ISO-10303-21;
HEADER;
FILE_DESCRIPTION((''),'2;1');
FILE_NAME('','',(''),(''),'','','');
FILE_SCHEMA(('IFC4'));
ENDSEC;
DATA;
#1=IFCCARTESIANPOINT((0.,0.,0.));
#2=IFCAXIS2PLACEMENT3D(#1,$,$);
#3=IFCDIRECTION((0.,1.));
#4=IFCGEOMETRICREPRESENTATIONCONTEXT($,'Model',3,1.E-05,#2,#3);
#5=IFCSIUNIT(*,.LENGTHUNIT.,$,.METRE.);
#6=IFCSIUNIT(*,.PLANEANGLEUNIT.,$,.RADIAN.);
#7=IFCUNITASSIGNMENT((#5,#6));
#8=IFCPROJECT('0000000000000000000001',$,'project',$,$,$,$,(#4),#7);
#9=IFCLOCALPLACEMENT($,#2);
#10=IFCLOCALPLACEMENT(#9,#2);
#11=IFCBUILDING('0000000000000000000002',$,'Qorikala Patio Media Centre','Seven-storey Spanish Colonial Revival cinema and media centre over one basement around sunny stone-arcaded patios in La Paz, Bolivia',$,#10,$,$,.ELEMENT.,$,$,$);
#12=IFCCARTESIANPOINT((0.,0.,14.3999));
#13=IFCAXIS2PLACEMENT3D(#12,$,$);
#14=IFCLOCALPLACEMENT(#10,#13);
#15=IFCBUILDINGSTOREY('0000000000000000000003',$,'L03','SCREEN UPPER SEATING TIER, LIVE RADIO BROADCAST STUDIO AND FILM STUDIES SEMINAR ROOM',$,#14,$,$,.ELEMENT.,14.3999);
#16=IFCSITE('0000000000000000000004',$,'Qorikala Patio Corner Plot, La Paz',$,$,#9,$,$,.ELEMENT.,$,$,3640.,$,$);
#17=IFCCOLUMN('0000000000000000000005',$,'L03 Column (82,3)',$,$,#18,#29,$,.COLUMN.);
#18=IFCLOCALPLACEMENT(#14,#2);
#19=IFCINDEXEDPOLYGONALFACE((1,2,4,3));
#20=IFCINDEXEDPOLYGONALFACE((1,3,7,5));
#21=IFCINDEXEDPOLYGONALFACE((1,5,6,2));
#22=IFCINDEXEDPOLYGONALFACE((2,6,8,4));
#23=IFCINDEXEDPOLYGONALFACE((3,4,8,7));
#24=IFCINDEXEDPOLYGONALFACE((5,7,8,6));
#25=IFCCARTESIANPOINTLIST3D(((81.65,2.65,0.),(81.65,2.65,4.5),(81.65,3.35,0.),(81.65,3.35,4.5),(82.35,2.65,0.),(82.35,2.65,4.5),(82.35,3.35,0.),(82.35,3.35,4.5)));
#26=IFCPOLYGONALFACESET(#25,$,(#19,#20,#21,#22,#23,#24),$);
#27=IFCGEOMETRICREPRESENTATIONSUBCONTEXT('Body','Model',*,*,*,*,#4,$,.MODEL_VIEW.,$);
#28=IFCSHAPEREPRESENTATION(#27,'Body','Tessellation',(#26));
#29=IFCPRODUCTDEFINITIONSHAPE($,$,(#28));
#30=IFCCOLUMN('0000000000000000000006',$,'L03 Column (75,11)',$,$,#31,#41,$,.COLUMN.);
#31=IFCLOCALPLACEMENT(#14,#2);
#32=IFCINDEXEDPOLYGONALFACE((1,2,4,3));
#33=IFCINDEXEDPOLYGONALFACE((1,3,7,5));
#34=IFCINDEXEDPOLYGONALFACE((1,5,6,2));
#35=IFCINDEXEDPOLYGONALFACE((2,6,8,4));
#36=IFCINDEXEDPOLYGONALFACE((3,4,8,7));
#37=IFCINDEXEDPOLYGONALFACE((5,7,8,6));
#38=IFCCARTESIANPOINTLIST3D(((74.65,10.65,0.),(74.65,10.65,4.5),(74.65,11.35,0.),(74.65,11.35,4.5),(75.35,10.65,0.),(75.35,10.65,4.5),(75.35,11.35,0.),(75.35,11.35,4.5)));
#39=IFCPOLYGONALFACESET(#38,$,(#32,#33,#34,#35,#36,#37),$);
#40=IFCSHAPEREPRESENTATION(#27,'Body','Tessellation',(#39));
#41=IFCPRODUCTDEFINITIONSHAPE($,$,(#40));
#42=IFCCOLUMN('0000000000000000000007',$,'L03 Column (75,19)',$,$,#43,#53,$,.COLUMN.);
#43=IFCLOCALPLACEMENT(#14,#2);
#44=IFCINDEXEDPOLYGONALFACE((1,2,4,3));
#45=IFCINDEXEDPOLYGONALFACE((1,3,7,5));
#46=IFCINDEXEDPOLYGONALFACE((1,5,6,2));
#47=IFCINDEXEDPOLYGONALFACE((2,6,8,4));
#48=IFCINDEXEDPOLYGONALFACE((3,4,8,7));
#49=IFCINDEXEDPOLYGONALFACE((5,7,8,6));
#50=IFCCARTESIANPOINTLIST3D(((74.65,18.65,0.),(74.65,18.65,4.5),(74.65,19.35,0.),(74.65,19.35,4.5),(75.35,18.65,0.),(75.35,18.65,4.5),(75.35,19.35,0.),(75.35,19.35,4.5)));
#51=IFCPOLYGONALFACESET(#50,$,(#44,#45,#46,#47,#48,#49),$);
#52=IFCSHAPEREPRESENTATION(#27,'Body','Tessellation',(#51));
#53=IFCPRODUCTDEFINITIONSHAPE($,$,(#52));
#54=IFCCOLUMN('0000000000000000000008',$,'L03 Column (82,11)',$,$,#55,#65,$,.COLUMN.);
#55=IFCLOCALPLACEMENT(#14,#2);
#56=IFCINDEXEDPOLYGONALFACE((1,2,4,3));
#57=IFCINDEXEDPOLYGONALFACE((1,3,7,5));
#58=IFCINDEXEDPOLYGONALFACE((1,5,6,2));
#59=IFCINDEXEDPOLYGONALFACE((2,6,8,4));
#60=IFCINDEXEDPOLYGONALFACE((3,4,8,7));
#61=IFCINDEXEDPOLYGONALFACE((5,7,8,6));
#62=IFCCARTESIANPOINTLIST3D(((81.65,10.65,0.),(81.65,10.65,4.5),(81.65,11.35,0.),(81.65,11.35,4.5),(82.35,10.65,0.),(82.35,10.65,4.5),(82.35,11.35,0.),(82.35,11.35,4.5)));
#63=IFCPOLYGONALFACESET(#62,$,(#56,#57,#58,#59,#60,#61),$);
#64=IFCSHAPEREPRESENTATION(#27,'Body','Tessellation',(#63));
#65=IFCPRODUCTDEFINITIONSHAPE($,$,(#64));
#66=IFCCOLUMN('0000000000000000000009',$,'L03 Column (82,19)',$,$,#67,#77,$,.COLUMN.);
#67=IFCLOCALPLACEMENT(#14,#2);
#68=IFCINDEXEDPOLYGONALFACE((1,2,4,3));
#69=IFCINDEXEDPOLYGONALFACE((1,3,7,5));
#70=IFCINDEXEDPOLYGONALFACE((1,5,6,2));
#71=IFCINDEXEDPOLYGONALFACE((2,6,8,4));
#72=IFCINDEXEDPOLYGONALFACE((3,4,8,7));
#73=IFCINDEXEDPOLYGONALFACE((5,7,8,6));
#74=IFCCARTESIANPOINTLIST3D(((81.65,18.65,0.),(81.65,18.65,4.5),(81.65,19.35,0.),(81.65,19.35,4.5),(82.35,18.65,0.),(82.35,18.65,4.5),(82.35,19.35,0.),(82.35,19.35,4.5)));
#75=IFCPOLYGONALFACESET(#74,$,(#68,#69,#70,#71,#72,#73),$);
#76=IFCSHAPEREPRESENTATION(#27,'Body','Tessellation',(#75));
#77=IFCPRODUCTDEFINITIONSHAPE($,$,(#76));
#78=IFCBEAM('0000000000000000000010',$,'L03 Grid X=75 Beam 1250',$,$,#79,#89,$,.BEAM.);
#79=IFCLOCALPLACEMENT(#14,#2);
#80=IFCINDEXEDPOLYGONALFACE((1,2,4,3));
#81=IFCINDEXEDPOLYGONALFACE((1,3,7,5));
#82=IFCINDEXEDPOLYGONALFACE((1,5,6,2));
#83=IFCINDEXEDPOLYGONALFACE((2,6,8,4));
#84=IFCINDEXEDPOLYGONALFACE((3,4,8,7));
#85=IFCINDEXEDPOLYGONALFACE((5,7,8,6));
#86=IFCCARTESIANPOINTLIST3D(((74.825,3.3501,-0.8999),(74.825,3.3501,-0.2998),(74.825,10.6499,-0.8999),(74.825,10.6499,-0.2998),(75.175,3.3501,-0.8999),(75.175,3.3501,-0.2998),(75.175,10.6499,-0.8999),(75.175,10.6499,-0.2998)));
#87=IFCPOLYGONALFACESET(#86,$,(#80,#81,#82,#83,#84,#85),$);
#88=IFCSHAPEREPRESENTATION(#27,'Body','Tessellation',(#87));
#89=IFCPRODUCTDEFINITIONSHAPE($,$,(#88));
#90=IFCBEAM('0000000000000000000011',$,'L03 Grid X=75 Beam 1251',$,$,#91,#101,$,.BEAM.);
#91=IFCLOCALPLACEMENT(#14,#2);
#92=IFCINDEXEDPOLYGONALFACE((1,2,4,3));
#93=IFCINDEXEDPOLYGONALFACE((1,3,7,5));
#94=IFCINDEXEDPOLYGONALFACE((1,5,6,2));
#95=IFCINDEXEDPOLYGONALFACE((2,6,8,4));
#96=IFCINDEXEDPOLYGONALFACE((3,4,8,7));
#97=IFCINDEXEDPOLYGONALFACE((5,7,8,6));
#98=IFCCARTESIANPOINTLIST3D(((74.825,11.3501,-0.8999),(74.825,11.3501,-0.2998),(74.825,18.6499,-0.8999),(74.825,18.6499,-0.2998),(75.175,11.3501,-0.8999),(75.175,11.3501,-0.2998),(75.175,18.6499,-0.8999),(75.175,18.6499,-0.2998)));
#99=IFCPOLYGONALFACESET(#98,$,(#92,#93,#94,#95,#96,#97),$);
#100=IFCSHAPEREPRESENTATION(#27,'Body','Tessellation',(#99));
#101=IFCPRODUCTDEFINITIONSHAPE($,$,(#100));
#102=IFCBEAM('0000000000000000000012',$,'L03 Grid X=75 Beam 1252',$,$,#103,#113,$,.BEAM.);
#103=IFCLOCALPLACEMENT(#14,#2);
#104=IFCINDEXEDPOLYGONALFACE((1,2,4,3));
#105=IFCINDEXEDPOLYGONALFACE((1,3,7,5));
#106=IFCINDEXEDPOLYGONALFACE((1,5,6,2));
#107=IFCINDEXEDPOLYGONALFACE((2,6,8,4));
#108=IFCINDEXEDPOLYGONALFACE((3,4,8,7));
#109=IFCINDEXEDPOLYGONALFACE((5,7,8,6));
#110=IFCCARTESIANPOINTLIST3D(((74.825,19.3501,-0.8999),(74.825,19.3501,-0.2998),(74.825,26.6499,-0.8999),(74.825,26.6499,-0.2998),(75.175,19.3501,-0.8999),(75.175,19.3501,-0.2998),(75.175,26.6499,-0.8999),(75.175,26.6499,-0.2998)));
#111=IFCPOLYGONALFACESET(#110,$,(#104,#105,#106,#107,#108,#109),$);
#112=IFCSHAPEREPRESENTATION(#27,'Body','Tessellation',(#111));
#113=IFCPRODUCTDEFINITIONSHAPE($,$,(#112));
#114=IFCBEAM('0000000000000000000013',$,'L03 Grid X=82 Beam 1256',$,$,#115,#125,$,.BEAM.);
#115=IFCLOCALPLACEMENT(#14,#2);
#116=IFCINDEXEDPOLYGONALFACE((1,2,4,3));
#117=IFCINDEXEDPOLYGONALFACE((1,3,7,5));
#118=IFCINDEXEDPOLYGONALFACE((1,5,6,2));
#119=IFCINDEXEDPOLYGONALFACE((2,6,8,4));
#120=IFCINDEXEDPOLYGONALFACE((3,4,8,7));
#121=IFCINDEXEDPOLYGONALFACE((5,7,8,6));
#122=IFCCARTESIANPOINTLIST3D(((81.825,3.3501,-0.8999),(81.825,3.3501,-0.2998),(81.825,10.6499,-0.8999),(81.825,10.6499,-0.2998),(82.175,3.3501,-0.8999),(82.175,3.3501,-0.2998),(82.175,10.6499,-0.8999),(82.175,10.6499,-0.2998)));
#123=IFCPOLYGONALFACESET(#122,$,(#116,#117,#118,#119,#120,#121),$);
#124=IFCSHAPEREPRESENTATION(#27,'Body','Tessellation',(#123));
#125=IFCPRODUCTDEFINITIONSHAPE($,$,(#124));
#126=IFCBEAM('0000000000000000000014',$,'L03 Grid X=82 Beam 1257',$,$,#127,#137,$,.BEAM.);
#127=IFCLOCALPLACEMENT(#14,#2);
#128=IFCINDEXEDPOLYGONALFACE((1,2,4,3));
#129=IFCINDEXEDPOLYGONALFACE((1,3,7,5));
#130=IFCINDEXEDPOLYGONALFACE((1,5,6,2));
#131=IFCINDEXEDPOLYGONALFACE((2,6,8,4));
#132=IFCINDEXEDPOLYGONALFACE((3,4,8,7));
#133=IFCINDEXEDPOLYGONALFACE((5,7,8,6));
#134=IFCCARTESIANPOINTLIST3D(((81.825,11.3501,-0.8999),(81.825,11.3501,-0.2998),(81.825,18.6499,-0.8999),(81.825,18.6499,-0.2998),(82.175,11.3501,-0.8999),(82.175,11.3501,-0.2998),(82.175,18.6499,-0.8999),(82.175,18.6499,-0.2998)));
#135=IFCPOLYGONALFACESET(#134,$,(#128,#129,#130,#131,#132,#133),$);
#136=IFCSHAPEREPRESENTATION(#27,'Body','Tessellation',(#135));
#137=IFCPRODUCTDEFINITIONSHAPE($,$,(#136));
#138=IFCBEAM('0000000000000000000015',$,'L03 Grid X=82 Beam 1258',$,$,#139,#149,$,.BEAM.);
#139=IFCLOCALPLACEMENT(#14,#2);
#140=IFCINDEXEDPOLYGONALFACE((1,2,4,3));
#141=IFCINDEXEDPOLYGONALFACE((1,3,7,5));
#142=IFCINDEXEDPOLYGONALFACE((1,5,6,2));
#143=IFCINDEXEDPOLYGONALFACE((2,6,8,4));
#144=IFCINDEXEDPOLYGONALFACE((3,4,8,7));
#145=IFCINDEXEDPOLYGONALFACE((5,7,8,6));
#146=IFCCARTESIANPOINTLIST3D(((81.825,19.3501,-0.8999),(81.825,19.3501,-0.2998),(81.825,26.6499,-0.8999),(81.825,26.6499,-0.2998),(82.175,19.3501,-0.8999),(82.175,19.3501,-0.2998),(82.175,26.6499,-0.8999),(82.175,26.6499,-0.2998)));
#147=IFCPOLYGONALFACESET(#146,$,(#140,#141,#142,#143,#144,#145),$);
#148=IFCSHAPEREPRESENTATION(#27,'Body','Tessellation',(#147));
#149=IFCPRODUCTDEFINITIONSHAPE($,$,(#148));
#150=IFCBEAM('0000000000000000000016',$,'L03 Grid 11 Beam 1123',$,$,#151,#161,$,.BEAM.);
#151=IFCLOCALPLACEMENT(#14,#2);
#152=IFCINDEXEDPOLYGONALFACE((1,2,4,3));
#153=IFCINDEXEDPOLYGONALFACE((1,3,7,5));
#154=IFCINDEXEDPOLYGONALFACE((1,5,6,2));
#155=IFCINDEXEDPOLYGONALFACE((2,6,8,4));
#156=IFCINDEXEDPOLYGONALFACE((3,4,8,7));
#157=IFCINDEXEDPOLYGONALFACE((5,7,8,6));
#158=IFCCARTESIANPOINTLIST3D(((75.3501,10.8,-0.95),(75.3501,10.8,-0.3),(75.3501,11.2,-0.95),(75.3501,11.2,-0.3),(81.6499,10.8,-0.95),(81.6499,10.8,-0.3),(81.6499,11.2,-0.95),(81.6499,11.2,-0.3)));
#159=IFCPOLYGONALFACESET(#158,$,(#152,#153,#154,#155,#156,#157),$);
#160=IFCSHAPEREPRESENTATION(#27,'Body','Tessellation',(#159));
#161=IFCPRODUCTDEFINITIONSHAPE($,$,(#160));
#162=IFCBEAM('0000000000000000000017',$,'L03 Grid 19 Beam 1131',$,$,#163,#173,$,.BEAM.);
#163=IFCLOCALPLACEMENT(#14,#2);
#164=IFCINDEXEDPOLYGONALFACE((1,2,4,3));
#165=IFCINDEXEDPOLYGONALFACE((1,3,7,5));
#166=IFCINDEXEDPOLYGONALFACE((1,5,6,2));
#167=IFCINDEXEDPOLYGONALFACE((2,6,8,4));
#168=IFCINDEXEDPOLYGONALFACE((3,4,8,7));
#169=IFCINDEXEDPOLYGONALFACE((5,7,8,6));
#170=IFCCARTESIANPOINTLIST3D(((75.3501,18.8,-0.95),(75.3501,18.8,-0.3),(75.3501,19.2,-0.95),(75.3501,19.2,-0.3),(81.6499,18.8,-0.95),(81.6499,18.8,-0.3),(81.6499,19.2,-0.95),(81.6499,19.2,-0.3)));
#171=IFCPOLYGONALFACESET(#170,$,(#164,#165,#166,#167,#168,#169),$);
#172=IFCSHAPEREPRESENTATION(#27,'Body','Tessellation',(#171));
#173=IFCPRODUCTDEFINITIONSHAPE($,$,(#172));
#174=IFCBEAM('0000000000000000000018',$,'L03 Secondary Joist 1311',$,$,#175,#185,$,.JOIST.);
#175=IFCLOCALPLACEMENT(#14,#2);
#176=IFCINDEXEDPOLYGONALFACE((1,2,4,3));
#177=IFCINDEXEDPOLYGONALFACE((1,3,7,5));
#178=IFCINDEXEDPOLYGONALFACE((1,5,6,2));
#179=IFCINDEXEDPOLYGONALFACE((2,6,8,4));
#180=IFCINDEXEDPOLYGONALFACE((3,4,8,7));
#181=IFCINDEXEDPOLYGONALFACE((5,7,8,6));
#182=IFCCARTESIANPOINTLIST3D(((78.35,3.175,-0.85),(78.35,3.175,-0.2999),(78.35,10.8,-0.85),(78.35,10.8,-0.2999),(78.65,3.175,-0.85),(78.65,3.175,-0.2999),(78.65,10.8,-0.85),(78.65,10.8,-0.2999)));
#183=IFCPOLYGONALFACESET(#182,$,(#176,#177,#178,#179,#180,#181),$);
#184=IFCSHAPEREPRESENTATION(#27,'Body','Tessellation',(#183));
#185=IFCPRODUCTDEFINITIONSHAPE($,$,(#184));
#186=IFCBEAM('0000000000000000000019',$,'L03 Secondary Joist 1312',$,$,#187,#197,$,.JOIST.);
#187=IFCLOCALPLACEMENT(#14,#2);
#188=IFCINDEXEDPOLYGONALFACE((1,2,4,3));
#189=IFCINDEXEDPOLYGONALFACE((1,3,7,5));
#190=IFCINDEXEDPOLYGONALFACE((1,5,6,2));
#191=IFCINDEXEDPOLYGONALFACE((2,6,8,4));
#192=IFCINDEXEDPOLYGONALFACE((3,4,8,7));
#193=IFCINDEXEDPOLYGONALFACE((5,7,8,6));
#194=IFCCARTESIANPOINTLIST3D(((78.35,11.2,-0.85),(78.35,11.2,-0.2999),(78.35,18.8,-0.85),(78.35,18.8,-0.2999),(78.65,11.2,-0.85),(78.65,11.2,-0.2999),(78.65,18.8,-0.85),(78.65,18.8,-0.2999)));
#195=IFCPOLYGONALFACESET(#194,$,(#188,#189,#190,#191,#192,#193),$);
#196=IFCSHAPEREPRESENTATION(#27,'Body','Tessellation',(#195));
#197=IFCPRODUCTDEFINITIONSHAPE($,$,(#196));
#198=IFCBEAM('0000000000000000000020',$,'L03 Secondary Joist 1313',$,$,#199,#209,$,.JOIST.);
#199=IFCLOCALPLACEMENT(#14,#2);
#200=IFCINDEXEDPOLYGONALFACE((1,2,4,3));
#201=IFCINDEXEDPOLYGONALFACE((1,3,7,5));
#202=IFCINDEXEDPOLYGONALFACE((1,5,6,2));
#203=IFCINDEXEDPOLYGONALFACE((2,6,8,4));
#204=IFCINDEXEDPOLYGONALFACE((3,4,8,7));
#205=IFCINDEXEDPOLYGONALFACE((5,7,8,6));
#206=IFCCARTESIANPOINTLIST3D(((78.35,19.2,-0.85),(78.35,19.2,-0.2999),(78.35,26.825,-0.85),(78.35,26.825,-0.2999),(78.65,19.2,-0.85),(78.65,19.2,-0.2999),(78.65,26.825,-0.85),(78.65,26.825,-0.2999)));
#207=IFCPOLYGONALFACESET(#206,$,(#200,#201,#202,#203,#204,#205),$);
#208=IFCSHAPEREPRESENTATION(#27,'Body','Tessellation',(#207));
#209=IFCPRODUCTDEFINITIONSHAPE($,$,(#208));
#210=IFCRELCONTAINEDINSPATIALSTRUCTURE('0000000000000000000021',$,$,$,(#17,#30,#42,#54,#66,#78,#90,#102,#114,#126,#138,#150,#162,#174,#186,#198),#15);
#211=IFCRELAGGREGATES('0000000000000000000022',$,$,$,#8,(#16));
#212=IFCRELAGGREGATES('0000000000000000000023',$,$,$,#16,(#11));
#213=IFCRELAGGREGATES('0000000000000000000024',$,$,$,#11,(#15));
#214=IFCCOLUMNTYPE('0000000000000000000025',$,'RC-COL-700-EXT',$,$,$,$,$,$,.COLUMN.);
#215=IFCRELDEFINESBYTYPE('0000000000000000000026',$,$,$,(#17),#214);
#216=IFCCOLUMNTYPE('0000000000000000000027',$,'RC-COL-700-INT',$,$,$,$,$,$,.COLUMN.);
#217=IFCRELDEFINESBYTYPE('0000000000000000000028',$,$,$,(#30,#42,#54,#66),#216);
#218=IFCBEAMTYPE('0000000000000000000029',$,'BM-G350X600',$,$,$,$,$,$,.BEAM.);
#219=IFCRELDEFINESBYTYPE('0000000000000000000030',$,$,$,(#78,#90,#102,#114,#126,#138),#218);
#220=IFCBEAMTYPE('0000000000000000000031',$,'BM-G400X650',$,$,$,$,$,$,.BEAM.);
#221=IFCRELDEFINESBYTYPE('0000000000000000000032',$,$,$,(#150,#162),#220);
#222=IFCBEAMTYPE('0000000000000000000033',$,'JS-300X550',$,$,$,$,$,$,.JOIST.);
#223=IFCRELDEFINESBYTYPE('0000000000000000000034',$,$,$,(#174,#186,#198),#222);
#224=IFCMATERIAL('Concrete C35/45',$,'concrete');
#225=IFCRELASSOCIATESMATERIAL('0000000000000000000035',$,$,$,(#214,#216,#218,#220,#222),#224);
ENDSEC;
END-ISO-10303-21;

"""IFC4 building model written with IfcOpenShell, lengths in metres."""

from ifc_helpers import new_model, si_unit, direction, frame, origin, origin_2d, place, context, subcontext, project, spatial, rectangle, extrude, material, material_profile, profile_set, type_object, element, save


model = new_model("IFC4")

# Units and contexts
model_context = context("Model", 3, precision=1e-05, world=origin(), true_north=direction((0.0, 1.0)))
body_context = subcontext(model_context, "Body", "Model", "MODEL_VIEW")
ifc_project = project(units=[si_unit("LENGTHUNIT", "METRE"), si_unit("PLANEANGLEUNIT", "RADIAN")], contexts=[model_context])

# Site, building, storey
site_placement = place(None, origin())
site = spatial("IfcSite", under=ifc_project, at=site_placement, Name="Qorikala Patio Corner Plot, La Paz", CompositionType="ELEMENT", RefElevation=3640.0)
building_placement = place(site_placement, origin())
building = spatial("IfcBuilding", under=site, at=building_placement, Name="Qorikala Patio Media Centre", Description="Seven-storey Spanish Colonial Revival cinema and media centre over one basement around sunny stone-arcaded patios in La Paz, Bolivia", CompositionType="ELEMENT")
storey_placement = place(building_placement, frame((0.0, 0.0, 14.3999)))
storey = spatial("IfcBuildingStorey", under=building, at=storey_placement, Name="L03", Description="SCREEN UPPER SEATING TIER, LIVE RADIO BROADCAST STUDIO AND FILM STUDIES SEMINAR ROOM", CompositionType="ELEMENT", Elevation=14.3999)

# Columns
ifc_material_1 = material(Name="Concrete C35/45", Category="concrete")
ifc_material_profile_1 = material_profile(ifc_material_1, rectangle(XDim=0.7, YDim=0.7, at=origin_2d()), Name="RC 700x700")
ifc_profile_set_1 = profile_set([ifc_material_profile_1], Name="Concrete C35/45")
column_type_1 = type_object("IfcColumnType", Name="RC-COL-700-EXT", PredefinedType="COLUMN", material=ifc_profile_set_1)
column_placement = place(storey_placement, frame((82.0, 3.0, 0.0), z_axis=(0.0, 0.0, 1.0), x_axis=(1.0, 0.0, 0.0)))
element("IfcColumn", 1, at=column_placement, inside=storey, type_object=column_type_1, Name="L03 Column (82,3)", PredefinedType="COLUMN", context=body_context, shape_type="SweptSolid", body=[
    extrude(rectangle(XDim=0.7, YDim=0.7, at=origin_2d()), origin(), (0.0, 0.0, 1.0), 4.5),
])
ifc_material_profile_2 = material_profile(ifc_material_1, rectangle(XDim=0.7, YDim=0.7, at=origin_2d()), Name="RC 700x700")
ifc_profile_set_2 = profile_set([ifc_material_profile_2], Name="Concrete C35/45")
column_type_2 = type_object("IfcColumnType", Name="RC-COL-700-INT", PredefinedType="COLUMN", material=ifc_profile_set_2)
for number, where, z_axis, x_axis, name in (
    (2, (75.0, 11.0, 0.0), (0.0, 0.0, 1.0), (1.0, 0.0, 0.0), "L03 Column (75,11)"),
    (3, (75.0, 19.0, 0.0), (0.0, 0.0, 1.0), (1.0, 0.0, 0.0), "L03 Column (75,19)"),
    (4, (82.0, 11.0, 0.0), (0.0, 0.0, 1.0), (1.0, 0.0, 0.0), "L03 Column (82,11)"),
    (5, (82.0, 19.0, 0.0), (0.0, 0.0, 1.0), (1.0, 0.0, 0.0), "L03 Column (82,19)"),
):
    element("IfcColumn", number, at=place(storey_placement, frame(where, z_axis=z_axis, x_axis=x_axis)), inside=storey, type_object=column_type_2, Name=name, PredefinedType="COLUMN", context=body_context, shape_type="SweptSolid", body=[
        extrude(rectangle(XDim=0.7, YDim=0.7, at=origin_2d()), origin(), (0.0, 0.0, 1.0), 4.5),
    ])

# Beams
ifc_material_profile_3 = material_profile(ifc_material_1, rectangle(XDim=0.3501, YDim=0.6001, at=origin_2d()), Name="RC 350x600")
ifc_profile_set_3 = profile_set([ifc_material_profile_3], Name="Concrete C35/45")
beam_type_1 = type_object("IfcBeamType", Name="BM-G350X600", PredefinedType="BEAM", material=ifc_profile_set_3)
for number, where, z_axis, x_axis, name in (
    (6, (75.0, 3.3501, -0.5999), (0.0, 1.0, 0.0), (-1.0, 0.0, 0.0), "L03 Grid X=75 Beam 1250"),
    (7, (75.0, 11.3501, -0.5999), (0.0, 1.0, 0.0), (-1.0, 0.0, 0.0), "L03 Grid X=75 Beam 1251"),
    (8, (75.0, 19.3501, -0.5999), (0.0, 1.0, 0.0), (-1.0, 0.0, 0.0), "L03 Grid X=75 Beam 1252"),
    (9, (82.0, 3.3501, -0.5999), (0.0, 1.0, 0.0), (-1.0, 0.0, 0.0), "L03 Grid X=82 Beam 1256"),
    (10, (82.0, 11.3501, -0.5999), (0.0, 1.0, 0.0), (-1.0, 0.0, 0.0), "L03 Grid X=82 Beam 1257"),
    (11, (82.0, 19.3501, -0.5999), (0.0, 1.0, 0.0), (-1.0, 0.0, 0.0), "L03 Grid X=82 Beam 1258"),
):
    element("IfcBeam", number, at=place(storey_placement, frame(where, z_axis=z_axis, x_axis=x_axis)), inside=storey, type_object=beam_type_1, Name=name, PredefinedType="BEAM", context=body_context, shape_type="SweptSolid", body=[
        extrude(rectangle(XDim=0.3501, YDim=0.6001, at=origin_2d()), origin(), (0.0, 0.0, 1.0), 7.2998),
    ])
ifc_material_profile_4 = material_profile(ifc_material_1, rectangle(XDim=0.3999, YDim=0.6499, at=origin_2d()), Name="RC 400x650")
ifc_profile_set_4 = profile_set([ifc_material_profile_4], Name="Concrete C35/45")
beam_type_2 = type_object("IfcBeamType", Name="BM-G400X650", PredefinedType="BEAM", material=ifc_profile_set_4)
for number, where, z_axis, x_axis, name in (
    (12, (75.3501, 11.0, -0.625), (1.0, 0.0, 0.0), (0.0, 1.0, 0.0), "L03 Grid 11 Beam 1123"),
    (13, (75.3501, 19.0, -0.625), (1.0, 0.0, 0.0), (0.0, 1.0, 0.0), "L03 Grid 19 Beam 1131"),
):
    element("IfcBeam", number, at=place(storey_placement, frame(where, z_axis=z_axis, x_axis=x_axis)), inside=storey, type_object=beam_type_2, Name=name, PredefinedType="BEAM", context=body_context, shape_type="SweptSolid", body=[
        extrude(rectangle(XDim=0.3999, YDim=0.6499, at=origin_2d()), origin(), (0.0, 0.0, 1.0), 6.2998),
    ])
ifc_material_profile_5 = material_profile(ifc_material_1, rectangle(XDim=0.3, YDim=0.55, at=origin_2d()), Name="RC 300x550")
ifc_profile_set_5 = profile_set([ifc_material_profile_5], Name="Concrete C35/45")
beam_type_3 = type_object("IfcBeamType", Name="JS-300X550", PredefinedType="JOIST", material=ifc_profile_set_5)
beam_1_placement = place(storey_placement, frame((78.5, 3.175, -0.575), z_axis=(0.0, 1.0, 0.0), x_axis=(-1.0, 0.0, 0.0)))
element("IfcBeam", 14, at=beam_1_placement, inside=storey, type_object=beam_type_3, Name="L03 Secondary Joist 1311", PredefinedType="JOIST", context=body_context, shape_type="SweptSolid", body=[
    extrude(rectangle(XDim=0.3, YDim=0.55, at=origin_2d()), origin(), (0.0, 0.0, 1.0), 7.625),
])
beam_2_placement = place(storey_placement, frame((78.5, 11.2, -0.575), z_axis=(0.0, 1.0, 0.0), x_axis=(-1.0, 0.0, 0.0)))
element("IfcBeam", 15, at=beam_2_placement, inside=storey, type_object=beam_type_3, Name="L03 Secondary Joist 1312", PredefinedType="JOIST", context=body_context, shape_type="SweptSolid", body=[
    extrude(rectangle(XDim=0.3, YDim=0.55, at=origin_2d()), origin(), (0.0, 0.0, 1.0), 7.6001),
])
beam_3_placement = place(storey_placement, frame((78.5, 19.2, -0.575), z_axis=(0.0, 1.0, 0.0), x_axis=(-1.0, 0.0, 0.0)))
element("IfcBeam", 16, at=beam_3_placement, inside=storey, type_object=beam_type_3, Name="L03 Secondary Joist 1313", PredefinedType="JOIST", context=body_context, shape_type="SweptSolid", body=[
    extrude(rectangle(XDim=0.3, YDim=0.55, at=origin_2d()), origin(), (0.0, 0.0, 1.0), 7.625),
])

save(model, "model.ifc")
